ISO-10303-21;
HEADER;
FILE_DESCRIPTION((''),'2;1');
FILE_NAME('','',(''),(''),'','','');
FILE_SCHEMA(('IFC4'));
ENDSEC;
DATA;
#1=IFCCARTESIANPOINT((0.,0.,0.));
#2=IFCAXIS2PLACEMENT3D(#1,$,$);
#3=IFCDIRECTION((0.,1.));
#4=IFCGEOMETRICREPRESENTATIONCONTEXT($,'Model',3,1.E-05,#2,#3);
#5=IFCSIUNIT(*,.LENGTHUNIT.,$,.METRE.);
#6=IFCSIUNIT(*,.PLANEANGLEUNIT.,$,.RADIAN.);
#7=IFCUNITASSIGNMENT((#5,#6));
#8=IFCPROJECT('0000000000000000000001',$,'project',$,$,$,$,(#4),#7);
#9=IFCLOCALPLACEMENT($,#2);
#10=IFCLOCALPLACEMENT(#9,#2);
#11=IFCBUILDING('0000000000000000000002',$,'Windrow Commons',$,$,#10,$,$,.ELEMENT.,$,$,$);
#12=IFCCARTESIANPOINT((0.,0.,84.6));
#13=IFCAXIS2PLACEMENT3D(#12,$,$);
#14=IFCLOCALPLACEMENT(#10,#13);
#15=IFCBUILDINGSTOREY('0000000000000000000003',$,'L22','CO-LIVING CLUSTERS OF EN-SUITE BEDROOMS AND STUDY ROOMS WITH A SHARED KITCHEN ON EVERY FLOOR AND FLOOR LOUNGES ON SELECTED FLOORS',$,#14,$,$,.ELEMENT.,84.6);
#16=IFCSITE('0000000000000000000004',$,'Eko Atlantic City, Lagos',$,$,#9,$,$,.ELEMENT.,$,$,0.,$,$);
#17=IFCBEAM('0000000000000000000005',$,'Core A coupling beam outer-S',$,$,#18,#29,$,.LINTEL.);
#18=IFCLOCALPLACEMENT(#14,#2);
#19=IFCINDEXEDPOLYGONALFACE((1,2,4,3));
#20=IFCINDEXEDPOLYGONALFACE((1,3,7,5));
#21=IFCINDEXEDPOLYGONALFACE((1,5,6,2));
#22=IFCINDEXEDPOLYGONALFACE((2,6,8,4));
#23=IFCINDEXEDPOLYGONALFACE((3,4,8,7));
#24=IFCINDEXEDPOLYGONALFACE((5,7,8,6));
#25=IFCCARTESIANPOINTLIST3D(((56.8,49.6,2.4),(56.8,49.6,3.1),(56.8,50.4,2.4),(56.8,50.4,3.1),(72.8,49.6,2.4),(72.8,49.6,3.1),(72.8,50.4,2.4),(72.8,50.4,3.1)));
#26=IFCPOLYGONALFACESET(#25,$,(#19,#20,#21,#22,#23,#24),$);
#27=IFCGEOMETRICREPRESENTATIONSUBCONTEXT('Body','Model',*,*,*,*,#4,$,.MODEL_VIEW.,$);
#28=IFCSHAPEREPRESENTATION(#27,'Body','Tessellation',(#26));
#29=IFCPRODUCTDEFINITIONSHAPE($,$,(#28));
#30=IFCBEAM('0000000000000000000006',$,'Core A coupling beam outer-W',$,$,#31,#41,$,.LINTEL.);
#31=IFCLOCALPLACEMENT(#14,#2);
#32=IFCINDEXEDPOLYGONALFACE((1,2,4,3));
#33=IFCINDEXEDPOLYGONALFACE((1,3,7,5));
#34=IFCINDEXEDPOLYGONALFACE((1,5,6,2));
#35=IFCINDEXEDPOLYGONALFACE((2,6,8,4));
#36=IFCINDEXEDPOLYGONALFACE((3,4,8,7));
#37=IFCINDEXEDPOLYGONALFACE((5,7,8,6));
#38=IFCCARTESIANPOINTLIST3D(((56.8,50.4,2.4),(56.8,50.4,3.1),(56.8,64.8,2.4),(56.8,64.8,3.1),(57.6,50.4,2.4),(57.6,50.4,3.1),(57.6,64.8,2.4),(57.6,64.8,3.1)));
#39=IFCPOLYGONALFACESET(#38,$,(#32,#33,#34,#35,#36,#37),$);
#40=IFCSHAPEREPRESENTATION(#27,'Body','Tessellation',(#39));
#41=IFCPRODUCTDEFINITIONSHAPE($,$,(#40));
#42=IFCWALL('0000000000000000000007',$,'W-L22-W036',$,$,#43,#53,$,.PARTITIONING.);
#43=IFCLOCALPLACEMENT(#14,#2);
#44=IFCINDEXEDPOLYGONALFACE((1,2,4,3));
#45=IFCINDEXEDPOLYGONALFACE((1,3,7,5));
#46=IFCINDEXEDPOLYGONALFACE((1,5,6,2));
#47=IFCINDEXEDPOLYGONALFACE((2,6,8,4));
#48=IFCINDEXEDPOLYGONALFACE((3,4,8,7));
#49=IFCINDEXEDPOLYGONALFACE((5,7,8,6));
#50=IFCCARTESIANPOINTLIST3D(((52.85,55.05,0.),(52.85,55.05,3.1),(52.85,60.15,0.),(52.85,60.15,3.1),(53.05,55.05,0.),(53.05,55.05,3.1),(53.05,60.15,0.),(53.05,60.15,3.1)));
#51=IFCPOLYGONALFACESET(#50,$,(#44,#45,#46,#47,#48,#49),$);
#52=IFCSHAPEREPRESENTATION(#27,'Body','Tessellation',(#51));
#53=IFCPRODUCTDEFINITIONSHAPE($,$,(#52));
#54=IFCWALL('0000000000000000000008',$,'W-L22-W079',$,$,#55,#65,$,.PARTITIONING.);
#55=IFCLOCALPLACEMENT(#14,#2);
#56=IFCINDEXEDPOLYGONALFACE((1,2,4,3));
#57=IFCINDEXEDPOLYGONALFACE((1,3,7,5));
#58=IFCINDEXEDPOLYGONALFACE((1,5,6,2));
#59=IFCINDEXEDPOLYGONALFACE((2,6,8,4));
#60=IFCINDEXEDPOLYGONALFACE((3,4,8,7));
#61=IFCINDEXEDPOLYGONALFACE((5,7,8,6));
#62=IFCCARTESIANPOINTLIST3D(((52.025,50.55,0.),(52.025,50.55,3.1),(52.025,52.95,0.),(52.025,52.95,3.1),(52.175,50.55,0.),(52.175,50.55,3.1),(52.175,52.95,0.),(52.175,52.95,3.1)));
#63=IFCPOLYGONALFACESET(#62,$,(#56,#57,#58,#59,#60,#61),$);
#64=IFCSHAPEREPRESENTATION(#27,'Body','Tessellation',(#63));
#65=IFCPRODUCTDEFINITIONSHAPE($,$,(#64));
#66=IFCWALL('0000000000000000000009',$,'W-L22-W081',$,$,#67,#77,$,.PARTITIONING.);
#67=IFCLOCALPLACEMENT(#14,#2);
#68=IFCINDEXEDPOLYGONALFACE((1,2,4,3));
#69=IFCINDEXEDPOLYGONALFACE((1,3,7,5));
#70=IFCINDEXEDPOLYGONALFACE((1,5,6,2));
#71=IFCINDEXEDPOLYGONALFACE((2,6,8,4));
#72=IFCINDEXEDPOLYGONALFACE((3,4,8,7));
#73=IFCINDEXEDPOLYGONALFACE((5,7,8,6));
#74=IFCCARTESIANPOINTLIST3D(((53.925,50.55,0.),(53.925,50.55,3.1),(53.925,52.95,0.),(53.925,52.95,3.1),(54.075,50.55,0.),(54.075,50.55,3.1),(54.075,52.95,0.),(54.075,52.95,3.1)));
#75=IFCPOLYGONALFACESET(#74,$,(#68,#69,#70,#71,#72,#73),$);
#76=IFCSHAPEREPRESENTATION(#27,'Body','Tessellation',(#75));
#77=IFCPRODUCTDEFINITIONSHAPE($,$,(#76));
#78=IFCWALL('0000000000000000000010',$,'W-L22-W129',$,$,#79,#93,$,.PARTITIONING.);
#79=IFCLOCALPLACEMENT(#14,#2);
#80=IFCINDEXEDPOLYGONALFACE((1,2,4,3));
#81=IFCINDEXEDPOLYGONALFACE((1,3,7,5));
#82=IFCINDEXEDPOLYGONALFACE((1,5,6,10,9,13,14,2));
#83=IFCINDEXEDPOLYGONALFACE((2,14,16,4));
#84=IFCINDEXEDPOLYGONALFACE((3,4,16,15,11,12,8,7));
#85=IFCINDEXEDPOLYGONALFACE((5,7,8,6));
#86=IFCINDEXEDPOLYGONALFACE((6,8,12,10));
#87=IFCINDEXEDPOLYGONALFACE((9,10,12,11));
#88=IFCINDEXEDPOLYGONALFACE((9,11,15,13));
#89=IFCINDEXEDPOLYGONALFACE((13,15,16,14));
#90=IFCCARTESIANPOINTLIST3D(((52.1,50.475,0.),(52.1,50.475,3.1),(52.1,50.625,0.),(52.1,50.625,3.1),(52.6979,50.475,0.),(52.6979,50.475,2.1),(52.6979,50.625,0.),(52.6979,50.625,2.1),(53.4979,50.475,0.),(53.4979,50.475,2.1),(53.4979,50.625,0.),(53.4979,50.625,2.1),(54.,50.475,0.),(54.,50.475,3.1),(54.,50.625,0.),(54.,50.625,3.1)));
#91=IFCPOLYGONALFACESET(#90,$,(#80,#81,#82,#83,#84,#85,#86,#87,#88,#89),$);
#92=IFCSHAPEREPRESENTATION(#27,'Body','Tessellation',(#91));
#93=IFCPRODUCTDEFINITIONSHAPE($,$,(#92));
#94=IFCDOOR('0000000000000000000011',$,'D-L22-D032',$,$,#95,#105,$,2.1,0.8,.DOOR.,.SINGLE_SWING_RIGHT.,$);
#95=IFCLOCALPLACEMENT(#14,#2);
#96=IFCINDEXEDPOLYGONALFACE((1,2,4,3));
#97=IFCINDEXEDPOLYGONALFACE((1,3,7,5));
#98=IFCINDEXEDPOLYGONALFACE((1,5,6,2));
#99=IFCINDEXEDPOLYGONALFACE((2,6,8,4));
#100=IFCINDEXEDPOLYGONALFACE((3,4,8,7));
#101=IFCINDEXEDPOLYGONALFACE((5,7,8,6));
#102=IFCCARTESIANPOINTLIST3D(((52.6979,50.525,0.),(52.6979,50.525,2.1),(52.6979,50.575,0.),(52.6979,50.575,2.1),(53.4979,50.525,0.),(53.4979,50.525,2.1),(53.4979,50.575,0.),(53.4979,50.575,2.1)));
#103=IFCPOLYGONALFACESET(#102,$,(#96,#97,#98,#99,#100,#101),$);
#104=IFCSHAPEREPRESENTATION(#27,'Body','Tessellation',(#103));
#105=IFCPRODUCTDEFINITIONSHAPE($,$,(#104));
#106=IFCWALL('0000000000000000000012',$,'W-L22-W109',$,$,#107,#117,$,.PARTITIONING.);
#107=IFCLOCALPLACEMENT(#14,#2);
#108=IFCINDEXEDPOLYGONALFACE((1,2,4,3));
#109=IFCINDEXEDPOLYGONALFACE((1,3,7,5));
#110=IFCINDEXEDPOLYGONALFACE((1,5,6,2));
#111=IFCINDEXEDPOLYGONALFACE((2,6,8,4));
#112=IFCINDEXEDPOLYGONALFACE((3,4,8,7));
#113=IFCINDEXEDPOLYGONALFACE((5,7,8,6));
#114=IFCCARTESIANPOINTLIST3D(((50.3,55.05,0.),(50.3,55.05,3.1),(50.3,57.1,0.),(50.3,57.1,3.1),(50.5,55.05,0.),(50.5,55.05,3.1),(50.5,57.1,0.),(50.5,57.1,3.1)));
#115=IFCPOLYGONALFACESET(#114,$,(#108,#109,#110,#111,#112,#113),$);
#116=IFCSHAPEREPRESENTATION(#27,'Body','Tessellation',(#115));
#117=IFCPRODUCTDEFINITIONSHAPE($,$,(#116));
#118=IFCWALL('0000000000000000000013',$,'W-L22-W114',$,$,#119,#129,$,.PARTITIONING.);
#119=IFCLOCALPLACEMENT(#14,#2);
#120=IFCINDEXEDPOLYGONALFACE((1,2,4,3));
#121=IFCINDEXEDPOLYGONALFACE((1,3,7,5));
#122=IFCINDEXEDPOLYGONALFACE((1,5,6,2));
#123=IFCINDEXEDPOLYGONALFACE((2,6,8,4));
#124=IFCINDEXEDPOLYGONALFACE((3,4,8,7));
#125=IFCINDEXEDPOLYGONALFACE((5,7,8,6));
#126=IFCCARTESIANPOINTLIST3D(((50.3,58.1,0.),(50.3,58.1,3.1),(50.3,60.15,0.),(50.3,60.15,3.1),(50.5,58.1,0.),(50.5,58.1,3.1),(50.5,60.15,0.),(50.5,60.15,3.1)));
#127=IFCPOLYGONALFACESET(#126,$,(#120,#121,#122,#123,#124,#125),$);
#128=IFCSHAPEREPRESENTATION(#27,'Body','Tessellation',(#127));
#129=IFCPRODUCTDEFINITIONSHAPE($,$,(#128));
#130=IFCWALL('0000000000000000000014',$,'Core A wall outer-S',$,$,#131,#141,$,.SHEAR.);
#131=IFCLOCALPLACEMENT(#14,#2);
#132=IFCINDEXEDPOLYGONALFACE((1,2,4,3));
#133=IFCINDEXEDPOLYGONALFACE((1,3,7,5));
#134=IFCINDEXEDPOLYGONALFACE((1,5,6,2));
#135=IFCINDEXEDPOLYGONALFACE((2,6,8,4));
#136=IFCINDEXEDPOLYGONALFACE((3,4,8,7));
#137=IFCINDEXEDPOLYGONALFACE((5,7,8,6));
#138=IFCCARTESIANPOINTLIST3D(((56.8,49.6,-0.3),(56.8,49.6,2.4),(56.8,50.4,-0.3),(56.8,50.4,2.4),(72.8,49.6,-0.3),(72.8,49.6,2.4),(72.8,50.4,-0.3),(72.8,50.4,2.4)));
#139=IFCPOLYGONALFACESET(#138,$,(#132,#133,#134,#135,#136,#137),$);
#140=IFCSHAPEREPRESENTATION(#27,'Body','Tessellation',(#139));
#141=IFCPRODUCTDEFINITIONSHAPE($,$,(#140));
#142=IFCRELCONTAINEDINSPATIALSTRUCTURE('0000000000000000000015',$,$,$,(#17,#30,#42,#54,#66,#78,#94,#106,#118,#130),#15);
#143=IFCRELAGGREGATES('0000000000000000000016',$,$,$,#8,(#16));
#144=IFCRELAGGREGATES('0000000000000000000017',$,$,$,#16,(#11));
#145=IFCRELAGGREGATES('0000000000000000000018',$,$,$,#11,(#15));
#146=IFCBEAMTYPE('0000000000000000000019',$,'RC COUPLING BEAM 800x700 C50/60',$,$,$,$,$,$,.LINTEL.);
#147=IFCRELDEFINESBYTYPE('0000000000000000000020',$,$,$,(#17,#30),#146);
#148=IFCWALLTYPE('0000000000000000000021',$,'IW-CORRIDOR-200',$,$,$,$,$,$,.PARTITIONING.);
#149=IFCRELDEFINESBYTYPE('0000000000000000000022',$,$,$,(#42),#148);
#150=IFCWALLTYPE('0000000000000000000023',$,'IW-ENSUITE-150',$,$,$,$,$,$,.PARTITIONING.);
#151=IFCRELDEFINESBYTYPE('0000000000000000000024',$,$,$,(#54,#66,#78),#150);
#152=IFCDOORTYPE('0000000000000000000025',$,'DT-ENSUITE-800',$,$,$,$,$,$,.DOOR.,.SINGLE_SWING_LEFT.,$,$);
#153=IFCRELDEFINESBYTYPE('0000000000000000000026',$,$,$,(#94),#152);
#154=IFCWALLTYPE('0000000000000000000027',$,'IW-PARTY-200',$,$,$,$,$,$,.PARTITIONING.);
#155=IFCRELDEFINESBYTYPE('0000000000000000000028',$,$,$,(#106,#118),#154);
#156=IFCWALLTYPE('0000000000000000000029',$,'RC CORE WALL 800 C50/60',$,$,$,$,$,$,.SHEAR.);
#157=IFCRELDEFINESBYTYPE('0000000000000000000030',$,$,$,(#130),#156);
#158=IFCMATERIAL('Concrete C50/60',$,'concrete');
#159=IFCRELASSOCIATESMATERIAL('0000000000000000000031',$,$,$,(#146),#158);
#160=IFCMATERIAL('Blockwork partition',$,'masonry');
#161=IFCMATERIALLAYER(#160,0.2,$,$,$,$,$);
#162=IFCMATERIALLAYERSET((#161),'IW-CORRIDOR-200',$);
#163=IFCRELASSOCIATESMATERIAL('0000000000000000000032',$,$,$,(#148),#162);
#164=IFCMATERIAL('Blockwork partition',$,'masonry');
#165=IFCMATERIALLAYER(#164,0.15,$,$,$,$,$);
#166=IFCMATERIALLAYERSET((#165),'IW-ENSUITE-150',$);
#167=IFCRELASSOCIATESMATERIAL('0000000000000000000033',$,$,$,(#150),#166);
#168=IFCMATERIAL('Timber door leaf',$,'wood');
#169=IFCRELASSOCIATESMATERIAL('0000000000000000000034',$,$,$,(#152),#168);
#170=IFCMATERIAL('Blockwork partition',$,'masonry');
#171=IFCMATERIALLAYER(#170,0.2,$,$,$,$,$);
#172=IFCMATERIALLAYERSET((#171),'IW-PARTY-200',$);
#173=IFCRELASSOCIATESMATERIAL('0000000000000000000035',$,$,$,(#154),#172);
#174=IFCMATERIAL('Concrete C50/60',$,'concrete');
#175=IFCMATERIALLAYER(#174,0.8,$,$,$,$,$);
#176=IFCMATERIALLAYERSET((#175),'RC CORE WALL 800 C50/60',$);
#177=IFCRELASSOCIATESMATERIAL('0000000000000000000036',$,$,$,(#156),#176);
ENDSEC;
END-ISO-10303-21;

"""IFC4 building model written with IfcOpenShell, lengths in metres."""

from ifc_helpers import new_model, si_unit, direction, frame, frame_2d, origin, origin_2d, place, context, subcontext, project, spatial, rectangle, extrude, material, layer, layer_set, material_profile, profile_set, type_object, element, fill, save


model = new_model("IFC4")

# Units and contexts
model_context = context("Model", 3, precision=1e-05, world=origin(), true_north=direction((0.0, 1.0)))
body_context = subcontext(model_context, "Body", "Model", "MODEL_VIEW")
ifc_project = project(units=[si_unit("LENGTHUNIT", "METRE"), si_unit("PLANEANGLEUNIT", "RADIAN")], contexts=[model_context])

# Site, building, storey
site_placement = place(None, origin())
site = spatial("IfcSite", under=ifc_project, at=site_placement, Name="Eko Atlantic City, Lagos", CompositionType="ELEMENT", RefElevation=0.0)
building_placement = place(site_placement, origin())
building = spatial("IfcBuilding", under=site, at=building_placement, Name="Windrow Commons", CompositionType="ELEMENT")
storey_placement = place(building_placement, frame((0.0, 0.0, 84.6)))
storey = spatial("IfcBuildingStorey", under=building, at=storey_placement, Name="L22", Description="CO-LIVING CLUSTERS OF EN-SUITE BEDROOMS AND STUDY ROOMS WITH A SHARED KITCHEN ON EVERY FLOOR AND FLOOR LOUNGES ON SELECTED FLOORS", CompositionType="ELEMENT", Elevation=84.6)

# Beams
ifc_material_1 = material(Name="Concrete C50/60", Category="concrete")
ifc_material_profile = material_profile(ifc_material_1, rectangle(XDim=0.8, YDim=0.7, at=origin_2d()))
ifc_profile_set = profile_set([ifc_material_profile], Name="Concrete C50/60")
beam_type = type_object("IfcBeamType", Name="RC COUPLING BEAM 800x700 C50/60", PredefinedType="LINTEL", material=ifc_profile_set)
beam_1_placement = place(storey_placement, frame((56.8, 50.0, 2.75), z_axis=(1.0, 0.0, 0.0), x_axis=(0.0, 1.0, 0.0)))
element("IfcBeam", 1, at=beam_1_placement, inside=storey, type_object=beam_type, Name="Core A coupling beam outer-S", PredefinedType="LINTEL", context=body_context, shape_type="SweptSolid", body=[
    extrude(rectangle(XDim=0.8, YDim=0.7, at=origin_2d()), origin(), (0.0, 0.0, 1.0), 16.0),
])
beam_2_placement = place(storey_placement, frame((57.2, 50.4, 2.75), z_axis=(0.0, 1.0, 0.0), x_axis=(-1.0, 0.0, 0.0)))
element("IfcBeam", 2, at=beam_2_placement, inside=storey, type_object=beam_type, Name="Core A coupling beam outer-W", PredefinedType="LINTEL", context=body_context, shape_type="SweptSolid", body=[
    extrude(rectangle(XDim=0.8, YDim=0.7, at=origin_2d()), origin(), (0.0, 0.0, 1.0), 14.4),
])

# Walls
ifc_material_2 = material(Name="Blockwork partition", Category="masonry")
ifc_layer_1 = layer(ifc_material_2, 0.2)
ifc_layer_set_1 = layer_set([ifc_layer_1], Name="IW-CORRIDOR-200")
wall_type_1 = type_object("IfcWallType", Name="IW-CORRIDOR-200", PredefinedType="PARTITIONING", material=ifc_layer_set_1)
wall_1_placement = place(storey_placement, frame((52.95, 55.05, 0.0), z_axis=(0.0, 0.0, 1.0), x_axis=(0.0, 1.0, 0.0)))
element("IfcWall", 3, at=wall_1_placement, inside=storey, type_object=wall_type_1, Name="W-L22-W036", PredefinedType="PARTITIONING", context=body_context, shape_type="SweptSolid", body=[
    extrude(rectangle(XDim=5.1, YDim=0.2, at=frame_2d((2.55, 0.0))), origin(), (0.0, 0.0, 1.0), 3.1),
])
ifc_material_3 = material(Name="Blockwork partition", Category="masonry")
ifc_layer_2 = layer(ifc_material_3, 0.15)
ifc_layer_set_2 = layer_set([ifc_layer_2], Name="IW-ENSUITE-150")
wall_type_2 = type_object("IfcWallType", Name="IW-ENSUITE-150", PredefinedType="PARTITIONING", material=ifc_layer_set_2)
for number, where, z_axis, x_axis, name in (
    (4, (52.1, 50.55, 0.0), (0.0, 0.0, 1.0), (0.0, 1.0, 0.0), "W-L22-W079"),
    (5, (54.0, 50.55, 0.0), (0.0, 0.0, 1.0), (0.0, 1.0, 0.0), "W-L22-W081"),
):
    element("IfcWall", number, at=place(storey_placement, frame(where, z_axis=z_axis, x_axis=x_axis)), inside=storey, type_object=wall_type_2, Name=name, PredefinedType="PARTITIONING", context=body_context, shape_type="SweptSolid", body=[
        extrude(rectangle(XDim=2.4, YDim=0.15, at=frame_2d((1.2, 0.0))), origin(), (0.0, 0.0, 1.0), 3.1),
    ])

# Wall, opening, door
wall_2_placement = place(storey_placement, frame((52.1, 50.55, 0.0), z_axis=(0.0, 0.0, 1.0), x_axis=(1.0, 0.0, 0.0)))
wall_2 = element("IfcWall", 6, at=wall_2_placement, inside=storey, type_object=wall_type_2, Name="W-L22-W129", PredefinedType="PARTITIONING", context=body_context, shape_type="SweptSolid", body=[
    extrude(rectangle(XDim=1.9, YDim=0.15, at=frame_2d((0.95, 0.0))), origin(), (0.0, 0.0, 1.0), 3.1),
])
opening_1_placement = place(wall_2_placement, frame((0.5979, 0.0, 0.0)))
opening_1 = element("IfcOpeningElement", 7, at=opening_1_placement, cuts=wall_2, PredefinedType="OPENING", context=body_context, shape_type="SweptSolid", body=[
    extrude(rectangle(XDim=0.8, YDim=2.1, at=frame_2d((0.4, 1.05))), frame((0.0, 0.085, 0.0), z_axis=(0.0, -1.0, 0.0), x_axis=(1.0, 0.0, 0.0)), (0.0, 0.0, 1.0), 0.17),
])
ifc_material_4 = material(Name="Timber door leaf", Category="wood")
door_type_1 = type_object("IfcDoorType", Name="DT-ENSUITE-800", OperationType="SINGLE_SWING_LEFT", PredefinedType="DOOR", material=ifc_material_4)
door_1_placement = place(opening_1_placement, origin())
door_1 = element("IfcDoor", 8, at=door_1_placement, inside=storey, type_object=door_type_1, Name="D-L22-D032", OperationType="SINGLE_SWING_RIGHT", OverallHeight=2.1, OverallWidth=0.8, PredefinedType="DOOR", context=body_context, shape_type="SweptSolid", body=[
    extrude(rectangle(XDim=0.8, YDim=2.1, at=frame_2d((0.4, 1.05))), frame((0.0, 0.025, 0.0), z_axis=(0.0, -1.0, 0.0), x_axis=(1.0, 0.0, 0.0)), (0.0, 0.0, 1.0), 0.05),
])
fill(opening_1, door_1)

# Walls
ifc_material_5 = material(Name="Blockwork partition", Category="masonry")
ifc_layer_3 = layer(ifc_material_5, 0.2)
ifc_layer_set_3 = layer_set([ifc_layer_3], Name="IW-PARTY-200")
wall_type_3 = type_object("IfcWallType", Name="IW-PARTY-200", PredefinedType="PARTITIONING", material=ifc_layer_set_3)
for number, where, z_axis, x_axis, name in (
    (9, (50.4, 55.05, 0.0), (0.0, 0.0, 1.0), (0.0, 1.0, 0.0), "W-L22-W109"),
    (10, (50.4, 58.1, 0.0), (0.0, 0.0, 1.0), (0.0, 1.0, 0.0), "W-L22-W114"),
):
    element("IfcWall", number, at=place(storey_placement, frame(where, z_axis=z_axis, x_axis=x_axis)), inside=storey, type_object=wall_type_3, Name=name, PredefinedType="PARTITIONING", context=body_context, shape_type="SweptSolid", body=[
        extrude(rectangle(XDim=2.05, YDim=0.2, at=frame_2d((1.025, 0.0))), origin(), (0.0, 0.0, 1.0), 3.1),
    ])
ifc_material_6 = material(Name="Concrete C50/60", Category="concrete")
ifc_layer_4 = layer(ifc_material_6, 0.8)
ifc_layer_set_4 = layer_set([ifc_layer_4], Name="RC CORE WALL 800 C50/60")
wall_type_4 = type_object("IfcWallType", Name="RC CORE WALL 800 C50/60", PredefinedType="SHEAR", material=ifc_layer_set_4)
wall_3_placement = place(storey_placement, frame((56.8, 50.0, -0.3), z_axis=(0.0, 0.0, 1.0), x_axis=(1.0, 0.0, 0.0)))
element("IfcWall", 11, at=wall_3_placement, inside=storey, type_object=wall_type_4, Name="Core A wall outer-S", PredefinedType="SHEAR", context=body_context, shape_type="SweptSolid", body=[
    extrude(rectangle(XDim=16.0, YDim=0.8, at=frame_2d((8.0, 0.0))), origin(), (0.0, 0.0, 1.0), 2.7),
])

save(model, "model.ifc")
